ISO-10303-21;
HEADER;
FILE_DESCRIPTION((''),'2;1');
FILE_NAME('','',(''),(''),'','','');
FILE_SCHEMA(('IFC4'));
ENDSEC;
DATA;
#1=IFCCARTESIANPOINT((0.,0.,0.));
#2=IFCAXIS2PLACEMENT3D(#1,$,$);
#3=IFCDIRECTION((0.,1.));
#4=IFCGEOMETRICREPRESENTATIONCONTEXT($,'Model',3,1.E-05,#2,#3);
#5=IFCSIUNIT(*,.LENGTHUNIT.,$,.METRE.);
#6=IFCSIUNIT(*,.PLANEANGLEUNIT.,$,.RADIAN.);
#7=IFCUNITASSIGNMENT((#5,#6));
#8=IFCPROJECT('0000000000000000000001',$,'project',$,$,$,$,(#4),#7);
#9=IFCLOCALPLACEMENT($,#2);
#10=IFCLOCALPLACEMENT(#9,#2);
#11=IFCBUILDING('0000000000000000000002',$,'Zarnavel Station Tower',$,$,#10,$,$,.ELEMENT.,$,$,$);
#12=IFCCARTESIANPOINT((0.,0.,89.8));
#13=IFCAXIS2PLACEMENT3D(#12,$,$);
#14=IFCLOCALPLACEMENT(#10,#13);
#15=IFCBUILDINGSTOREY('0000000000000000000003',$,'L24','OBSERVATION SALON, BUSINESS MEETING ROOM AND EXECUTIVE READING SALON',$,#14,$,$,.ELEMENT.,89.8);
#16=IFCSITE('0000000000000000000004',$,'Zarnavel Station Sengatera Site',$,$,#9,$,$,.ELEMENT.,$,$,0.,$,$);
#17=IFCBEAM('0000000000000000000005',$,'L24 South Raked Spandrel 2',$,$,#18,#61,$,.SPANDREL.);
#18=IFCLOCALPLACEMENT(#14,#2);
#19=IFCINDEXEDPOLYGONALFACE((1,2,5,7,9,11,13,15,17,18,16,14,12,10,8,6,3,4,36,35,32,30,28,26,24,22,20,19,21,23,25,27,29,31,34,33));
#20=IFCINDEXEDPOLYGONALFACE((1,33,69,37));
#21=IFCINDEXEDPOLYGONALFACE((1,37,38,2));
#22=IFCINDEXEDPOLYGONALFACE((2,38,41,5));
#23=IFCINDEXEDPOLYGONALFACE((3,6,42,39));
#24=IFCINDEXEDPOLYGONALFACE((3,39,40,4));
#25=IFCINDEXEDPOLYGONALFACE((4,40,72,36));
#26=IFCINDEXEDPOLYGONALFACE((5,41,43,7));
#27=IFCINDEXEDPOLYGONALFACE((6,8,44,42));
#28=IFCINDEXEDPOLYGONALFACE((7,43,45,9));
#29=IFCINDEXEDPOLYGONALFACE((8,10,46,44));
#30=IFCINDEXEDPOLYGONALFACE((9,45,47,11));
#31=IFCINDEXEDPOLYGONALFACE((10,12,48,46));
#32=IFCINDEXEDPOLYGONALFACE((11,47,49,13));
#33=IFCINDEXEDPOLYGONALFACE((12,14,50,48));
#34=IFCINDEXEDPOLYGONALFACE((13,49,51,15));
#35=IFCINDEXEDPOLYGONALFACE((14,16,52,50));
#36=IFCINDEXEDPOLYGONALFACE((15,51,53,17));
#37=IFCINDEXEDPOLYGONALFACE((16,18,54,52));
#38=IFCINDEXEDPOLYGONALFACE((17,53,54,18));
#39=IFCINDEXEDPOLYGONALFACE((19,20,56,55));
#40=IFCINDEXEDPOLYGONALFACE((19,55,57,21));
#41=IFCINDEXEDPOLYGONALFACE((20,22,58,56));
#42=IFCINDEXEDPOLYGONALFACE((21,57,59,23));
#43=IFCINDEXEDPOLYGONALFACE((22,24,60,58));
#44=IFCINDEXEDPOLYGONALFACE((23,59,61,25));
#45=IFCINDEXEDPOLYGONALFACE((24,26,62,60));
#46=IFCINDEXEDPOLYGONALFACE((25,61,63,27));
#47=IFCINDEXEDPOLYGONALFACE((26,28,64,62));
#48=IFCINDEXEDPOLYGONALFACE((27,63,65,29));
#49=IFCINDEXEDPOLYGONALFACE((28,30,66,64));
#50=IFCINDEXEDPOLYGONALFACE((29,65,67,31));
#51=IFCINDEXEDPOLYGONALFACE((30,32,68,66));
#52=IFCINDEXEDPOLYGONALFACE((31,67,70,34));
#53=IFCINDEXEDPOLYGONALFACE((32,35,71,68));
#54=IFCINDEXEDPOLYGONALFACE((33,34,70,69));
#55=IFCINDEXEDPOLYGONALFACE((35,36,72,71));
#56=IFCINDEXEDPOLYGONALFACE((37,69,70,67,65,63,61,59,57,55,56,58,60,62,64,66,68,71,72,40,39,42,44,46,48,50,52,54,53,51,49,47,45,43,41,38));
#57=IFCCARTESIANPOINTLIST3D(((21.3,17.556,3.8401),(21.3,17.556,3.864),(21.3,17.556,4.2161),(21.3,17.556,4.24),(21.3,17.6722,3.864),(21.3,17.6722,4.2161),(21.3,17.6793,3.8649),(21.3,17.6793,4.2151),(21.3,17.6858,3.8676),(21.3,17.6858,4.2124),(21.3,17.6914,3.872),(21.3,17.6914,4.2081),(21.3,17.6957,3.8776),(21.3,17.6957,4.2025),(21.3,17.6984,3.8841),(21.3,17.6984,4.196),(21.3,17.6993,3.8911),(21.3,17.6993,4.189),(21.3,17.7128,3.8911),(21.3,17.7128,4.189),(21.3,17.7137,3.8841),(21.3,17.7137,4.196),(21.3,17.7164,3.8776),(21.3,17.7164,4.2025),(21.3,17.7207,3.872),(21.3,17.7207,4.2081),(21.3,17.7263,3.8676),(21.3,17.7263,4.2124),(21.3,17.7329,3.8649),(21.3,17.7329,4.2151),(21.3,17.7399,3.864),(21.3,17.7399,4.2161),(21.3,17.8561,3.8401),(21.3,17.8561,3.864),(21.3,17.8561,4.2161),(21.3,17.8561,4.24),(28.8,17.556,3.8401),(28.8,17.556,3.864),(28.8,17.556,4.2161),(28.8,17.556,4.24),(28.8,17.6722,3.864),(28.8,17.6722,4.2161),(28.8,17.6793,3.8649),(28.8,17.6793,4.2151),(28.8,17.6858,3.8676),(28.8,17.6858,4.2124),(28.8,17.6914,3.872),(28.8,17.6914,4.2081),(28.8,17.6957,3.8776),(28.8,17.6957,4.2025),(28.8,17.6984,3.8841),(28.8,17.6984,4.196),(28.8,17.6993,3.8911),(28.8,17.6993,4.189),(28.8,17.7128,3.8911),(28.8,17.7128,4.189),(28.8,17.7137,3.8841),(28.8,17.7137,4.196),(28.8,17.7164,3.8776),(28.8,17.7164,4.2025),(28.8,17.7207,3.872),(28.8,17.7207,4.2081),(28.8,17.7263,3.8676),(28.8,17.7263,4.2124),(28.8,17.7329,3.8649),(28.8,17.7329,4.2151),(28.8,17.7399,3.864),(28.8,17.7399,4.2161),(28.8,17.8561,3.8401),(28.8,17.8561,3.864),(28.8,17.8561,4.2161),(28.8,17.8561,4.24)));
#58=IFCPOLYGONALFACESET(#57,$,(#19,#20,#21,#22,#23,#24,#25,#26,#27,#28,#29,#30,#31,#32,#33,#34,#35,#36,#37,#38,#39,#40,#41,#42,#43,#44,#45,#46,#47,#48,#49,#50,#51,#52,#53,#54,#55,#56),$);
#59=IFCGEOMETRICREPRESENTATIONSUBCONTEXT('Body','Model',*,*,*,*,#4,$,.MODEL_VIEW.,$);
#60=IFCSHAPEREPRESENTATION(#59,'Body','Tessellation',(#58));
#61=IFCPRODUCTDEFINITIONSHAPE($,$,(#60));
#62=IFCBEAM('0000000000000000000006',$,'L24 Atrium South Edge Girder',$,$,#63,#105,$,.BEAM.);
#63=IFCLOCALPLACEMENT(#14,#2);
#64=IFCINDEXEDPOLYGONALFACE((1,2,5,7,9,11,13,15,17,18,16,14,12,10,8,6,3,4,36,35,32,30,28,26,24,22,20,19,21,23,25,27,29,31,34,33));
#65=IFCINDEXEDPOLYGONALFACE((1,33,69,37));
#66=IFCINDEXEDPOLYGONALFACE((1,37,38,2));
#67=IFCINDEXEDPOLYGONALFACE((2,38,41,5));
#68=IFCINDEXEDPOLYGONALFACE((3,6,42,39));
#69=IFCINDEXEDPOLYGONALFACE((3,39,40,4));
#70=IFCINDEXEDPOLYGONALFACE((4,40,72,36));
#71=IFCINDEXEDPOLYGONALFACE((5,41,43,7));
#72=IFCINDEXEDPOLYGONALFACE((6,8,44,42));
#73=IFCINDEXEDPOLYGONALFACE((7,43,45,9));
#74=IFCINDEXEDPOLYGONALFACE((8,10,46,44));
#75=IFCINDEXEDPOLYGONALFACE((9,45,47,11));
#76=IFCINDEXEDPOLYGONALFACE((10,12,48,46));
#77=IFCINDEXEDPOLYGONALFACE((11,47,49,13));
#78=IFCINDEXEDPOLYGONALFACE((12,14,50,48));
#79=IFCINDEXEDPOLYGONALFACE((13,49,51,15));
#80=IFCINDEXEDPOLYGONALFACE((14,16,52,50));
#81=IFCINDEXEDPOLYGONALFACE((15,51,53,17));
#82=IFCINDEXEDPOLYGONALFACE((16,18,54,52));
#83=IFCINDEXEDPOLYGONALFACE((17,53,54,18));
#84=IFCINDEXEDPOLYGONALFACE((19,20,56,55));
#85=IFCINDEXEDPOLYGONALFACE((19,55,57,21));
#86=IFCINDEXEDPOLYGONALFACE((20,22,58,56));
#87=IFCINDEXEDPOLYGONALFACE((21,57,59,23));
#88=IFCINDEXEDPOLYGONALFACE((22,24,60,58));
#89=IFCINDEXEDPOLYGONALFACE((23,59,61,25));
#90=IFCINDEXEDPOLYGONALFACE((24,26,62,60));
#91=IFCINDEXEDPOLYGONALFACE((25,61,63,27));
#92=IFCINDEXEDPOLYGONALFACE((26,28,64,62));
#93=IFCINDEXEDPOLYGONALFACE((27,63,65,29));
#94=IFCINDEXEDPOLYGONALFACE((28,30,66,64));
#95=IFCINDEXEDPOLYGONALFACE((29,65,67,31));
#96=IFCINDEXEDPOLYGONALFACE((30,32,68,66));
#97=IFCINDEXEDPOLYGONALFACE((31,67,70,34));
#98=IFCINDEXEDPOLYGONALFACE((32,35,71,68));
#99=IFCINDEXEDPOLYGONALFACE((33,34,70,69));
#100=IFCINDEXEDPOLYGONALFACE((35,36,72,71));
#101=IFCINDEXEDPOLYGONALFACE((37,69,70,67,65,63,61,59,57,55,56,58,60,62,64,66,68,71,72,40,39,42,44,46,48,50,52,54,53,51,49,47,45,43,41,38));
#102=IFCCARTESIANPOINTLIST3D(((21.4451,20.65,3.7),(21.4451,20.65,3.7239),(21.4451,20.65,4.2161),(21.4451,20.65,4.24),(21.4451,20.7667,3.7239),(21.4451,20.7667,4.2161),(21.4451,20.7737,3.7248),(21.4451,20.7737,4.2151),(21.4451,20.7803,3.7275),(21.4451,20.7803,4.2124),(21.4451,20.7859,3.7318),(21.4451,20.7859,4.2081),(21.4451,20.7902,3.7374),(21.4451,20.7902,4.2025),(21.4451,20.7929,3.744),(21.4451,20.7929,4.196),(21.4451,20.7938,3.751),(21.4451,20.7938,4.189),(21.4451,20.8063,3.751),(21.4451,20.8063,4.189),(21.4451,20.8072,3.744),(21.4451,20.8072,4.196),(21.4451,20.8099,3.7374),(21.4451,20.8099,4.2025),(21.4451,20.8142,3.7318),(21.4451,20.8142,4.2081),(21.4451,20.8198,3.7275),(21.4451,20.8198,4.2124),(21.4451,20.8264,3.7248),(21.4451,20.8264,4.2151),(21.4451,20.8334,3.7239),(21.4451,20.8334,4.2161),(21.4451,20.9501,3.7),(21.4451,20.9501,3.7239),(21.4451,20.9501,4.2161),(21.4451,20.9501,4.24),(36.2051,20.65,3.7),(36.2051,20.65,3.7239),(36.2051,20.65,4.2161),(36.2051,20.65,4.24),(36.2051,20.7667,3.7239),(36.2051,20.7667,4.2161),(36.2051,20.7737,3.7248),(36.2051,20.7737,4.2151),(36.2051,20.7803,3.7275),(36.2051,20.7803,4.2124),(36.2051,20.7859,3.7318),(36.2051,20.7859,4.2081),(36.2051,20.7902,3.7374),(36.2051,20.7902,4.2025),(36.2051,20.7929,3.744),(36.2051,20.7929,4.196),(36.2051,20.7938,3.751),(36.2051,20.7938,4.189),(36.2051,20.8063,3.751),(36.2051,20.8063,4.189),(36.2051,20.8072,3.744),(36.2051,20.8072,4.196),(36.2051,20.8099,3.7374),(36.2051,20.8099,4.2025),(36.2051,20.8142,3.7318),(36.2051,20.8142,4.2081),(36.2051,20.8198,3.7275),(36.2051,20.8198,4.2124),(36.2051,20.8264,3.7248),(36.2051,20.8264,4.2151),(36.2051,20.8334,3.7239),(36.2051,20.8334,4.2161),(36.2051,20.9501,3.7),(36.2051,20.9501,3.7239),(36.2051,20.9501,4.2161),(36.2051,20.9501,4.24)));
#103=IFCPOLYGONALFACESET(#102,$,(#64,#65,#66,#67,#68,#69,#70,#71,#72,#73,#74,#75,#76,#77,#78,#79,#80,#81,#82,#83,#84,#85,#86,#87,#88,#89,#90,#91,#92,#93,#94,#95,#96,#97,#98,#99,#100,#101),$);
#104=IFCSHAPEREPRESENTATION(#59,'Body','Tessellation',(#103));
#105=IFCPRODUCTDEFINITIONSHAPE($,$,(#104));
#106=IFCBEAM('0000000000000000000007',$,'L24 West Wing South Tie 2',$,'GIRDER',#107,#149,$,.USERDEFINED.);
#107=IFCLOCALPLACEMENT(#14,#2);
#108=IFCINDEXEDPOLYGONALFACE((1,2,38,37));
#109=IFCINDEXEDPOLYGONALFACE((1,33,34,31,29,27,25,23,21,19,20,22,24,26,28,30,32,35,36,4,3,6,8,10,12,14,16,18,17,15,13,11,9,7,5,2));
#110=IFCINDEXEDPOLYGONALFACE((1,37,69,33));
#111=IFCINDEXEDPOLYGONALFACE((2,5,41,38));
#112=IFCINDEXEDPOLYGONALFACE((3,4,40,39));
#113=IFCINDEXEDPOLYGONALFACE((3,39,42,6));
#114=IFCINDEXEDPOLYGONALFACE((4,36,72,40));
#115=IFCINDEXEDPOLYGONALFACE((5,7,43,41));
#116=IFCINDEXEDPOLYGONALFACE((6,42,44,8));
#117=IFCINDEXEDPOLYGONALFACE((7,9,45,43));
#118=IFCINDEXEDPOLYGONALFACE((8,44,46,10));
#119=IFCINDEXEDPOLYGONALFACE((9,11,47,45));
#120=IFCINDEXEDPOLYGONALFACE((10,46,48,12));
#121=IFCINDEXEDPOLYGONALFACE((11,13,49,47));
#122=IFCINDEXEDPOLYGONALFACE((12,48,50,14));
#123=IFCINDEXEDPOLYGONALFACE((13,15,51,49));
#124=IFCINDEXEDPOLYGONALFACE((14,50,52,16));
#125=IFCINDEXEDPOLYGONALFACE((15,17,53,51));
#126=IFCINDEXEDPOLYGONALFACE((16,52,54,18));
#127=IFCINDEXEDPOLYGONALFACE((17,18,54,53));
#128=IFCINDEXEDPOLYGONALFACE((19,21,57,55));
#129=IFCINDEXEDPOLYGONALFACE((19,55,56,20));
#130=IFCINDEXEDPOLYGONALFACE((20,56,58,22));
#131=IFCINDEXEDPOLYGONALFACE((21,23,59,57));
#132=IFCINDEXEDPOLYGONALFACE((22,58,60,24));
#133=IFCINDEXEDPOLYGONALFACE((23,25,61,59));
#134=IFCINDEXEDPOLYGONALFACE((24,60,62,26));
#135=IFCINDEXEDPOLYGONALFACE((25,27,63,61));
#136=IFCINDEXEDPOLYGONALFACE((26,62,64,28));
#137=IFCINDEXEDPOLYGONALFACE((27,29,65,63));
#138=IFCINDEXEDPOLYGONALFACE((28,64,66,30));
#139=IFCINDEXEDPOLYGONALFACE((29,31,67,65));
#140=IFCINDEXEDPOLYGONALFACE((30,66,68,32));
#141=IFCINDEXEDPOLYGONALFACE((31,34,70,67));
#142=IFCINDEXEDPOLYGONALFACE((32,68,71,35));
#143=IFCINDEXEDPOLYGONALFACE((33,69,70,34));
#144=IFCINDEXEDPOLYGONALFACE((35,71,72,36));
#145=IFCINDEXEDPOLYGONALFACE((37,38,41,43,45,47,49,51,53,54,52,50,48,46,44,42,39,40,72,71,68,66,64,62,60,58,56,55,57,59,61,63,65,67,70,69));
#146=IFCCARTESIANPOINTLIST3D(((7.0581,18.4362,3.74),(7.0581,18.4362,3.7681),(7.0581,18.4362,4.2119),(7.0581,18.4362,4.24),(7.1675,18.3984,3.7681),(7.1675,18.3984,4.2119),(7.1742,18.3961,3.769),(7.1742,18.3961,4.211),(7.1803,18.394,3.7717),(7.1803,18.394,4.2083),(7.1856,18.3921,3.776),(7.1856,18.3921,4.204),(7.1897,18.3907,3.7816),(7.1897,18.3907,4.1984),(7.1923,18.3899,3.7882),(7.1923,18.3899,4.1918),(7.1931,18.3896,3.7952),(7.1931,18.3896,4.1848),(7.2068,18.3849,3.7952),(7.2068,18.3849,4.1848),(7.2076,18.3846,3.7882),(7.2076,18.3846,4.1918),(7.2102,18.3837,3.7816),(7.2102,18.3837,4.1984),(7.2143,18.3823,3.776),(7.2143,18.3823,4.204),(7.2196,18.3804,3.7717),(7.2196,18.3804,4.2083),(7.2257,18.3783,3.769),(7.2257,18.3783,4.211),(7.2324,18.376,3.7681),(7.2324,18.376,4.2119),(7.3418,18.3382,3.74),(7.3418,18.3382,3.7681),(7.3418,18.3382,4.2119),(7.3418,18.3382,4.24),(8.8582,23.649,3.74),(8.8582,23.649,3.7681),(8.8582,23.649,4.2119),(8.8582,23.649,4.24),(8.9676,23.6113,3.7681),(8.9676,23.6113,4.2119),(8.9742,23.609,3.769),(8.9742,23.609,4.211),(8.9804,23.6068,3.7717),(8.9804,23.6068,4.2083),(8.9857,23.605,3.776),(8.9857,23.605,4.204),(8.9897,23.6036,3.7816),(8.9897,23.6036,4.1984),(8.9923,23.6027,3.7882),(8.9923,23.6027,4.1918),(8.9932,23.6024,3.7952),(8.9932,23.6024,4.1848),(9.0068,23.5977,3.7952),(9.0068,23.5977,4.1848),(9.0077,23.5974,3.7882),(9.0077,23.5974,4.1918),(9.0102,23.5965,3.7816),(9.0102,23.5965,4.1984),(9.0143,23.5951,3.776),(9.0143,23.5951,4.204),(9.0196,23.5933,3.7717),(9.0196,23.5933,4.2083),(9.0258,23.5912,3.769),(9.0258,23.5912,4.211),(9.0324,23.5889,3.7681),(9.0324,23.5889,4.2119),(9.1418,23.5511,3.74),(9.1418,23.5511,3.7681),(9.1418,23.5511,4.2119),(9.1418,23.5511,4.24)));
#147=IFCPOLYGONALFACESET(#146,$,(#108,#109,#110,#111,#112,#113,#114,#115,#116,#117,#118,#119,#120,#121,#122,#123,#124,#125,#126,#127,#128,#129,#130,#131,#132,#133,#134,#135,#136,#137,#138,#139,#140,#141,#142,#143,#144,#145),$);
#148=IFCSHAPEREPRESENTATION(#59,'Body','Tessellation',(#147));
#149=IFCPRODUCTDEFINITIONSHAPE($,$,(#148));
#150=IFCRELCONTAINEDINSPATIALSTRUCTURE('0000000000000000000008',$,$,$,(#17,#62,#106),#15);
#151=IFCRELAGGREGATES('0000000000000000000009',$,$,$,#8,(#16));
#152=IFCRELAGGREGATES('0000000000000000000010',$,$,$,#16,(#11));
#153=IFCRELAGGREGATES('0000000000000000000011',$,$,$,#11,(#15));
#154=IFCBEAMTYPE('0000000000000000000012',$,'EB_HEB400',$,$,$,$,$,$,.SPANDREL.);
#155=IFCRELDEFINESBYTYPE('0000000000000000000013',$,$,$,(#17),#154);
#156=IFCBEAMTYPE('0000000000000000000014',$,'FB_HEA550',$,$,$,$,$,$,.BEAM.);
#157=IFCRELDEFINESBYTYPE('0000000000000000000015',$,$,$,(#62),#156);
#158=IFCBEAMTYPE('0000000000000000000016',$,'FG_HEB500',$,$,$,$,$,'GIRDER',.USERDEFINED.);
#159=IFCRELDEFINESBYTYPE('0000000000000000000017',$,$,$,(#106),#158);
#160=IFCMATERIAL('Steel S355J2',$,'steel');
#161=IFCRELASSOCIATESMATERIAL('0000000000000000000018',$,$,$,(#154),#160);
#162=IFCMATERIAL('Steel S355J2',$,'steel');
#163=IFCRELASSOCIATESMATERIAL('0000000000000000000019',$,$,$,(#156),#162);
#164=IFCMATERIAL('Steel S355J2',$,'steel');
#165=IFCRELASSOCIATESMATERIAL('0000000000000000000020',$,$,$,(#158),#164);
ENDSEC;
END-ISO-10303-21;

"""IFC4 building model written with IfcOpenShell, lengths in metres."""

from ifc_helpers import new_model, si_unit, direction, frame, origin, origin_2d, place, context, subcontext, project, spatial, i_section, extrude, material, material_profile, profile_set, type_object, element, save


model = new_model("IFC4")

# Units and contexts
model_context = context("Model", 3, precision=1e-05, world=origin(), true_north=direction((0.0, 1.0)))
body_context = subcontext(model_context, "Body", "Model", "MODEL_VIEW")
ifc_project = project(units=[si_unit("LENGTHUNIT", "METRE"), si_unit("PLANEANGLEUNIT", "RADIAN")], contexts=[model_context])

# Site, building, storey
site_placement = place(None, origin())
site = spatial("IfcSite", under=ifc_project, at=site_placement, Name="Zarnavel Station Sengatera Site", CompositionType="ELEMENT", RefElevation=0.0)
building_placement = place(site_placement, origin())
building = spatial("IfcBuilding", under=site, at=building_placement, Name="Zarnavel Station Tower", CompositionType="ELEMENT")
storey_placement = place(building_placement, frame((0.0, 0.0, 89.8)))
storey = spatial("IfcBuildingStorey", under=building, at=storey_placement, Name="L24", Description="OBSERVATION SALON, BUSINESS MEETING ROOM AND EXECUTIVE READING SALON", CompositionType="ELEMENT", Elevation=89.8)

# Beams
ifc_material_1 = material(Name="Steel S355J2", Category="steel")
ifc_material_profile_1 = material_profile(ifc_material_1, i_section(OverallWidth=0.3, OverallDepth=0.3999, WebThickness=0.0134, FlangeThickness=0.0239, FilletRadius=0.0271, at=origin_2d()), Name="HEB400")
ifc_profile_set_1 = profile_set([ifc_material_profile_1], Name="Steel S355J2")
beam_type_1 = type_object("IfcBeamType", Name="EB_HEB400", PredefinedType="SPANDREL", material=ifc_profile_set_1)
beam_1_placement = place(storey_placement, frame((21.3, 17.7061, 4.04), z_axis=(1.0, 0.0, 0.0), x_axis=(0.0, 1.0, 0.0)))
element("IfcBeam", 1, at=beam_1_placement, inside=storey, type_object=beam_type_1, Name="L24 South Raked Spandrel 2", PredefinedType="SPANDREL", context=body_context, shape_type="SweptSolid", body=[
    extrude(i_section(OverallWidth=0.3, OverallDepth=0.3999, WebThickness=0.0134, FlangeThickness=0.0239, FilletRadius=0.0271, at=origin_2d()), origin(), (0.0, 0.0, 1.0), 7.5),
])
ifc_material_2 = material(Name="Steel S355J2", Category="steel")
ifc_material_profile_2 = material_profile(ifc_material_2, i_section(OverallWidth=0.3, OverallDepth=0.54, WebThickness=0.0125, FlangeThickness=0.0239, FilletRadius=0.0271, at=origin_2d()), Name="HEA550")
ifc_profile_set_2 = profile_set([ifc_material_profile_2], Name="Steel S355J2")
beam_type_2 = type_object("IfcBeamType", Name="FB_HEA550", PredefinedType="BEAM", material=ifc_profile_set_2)
beam_2_placement = place(storey_placement, frame((21.4451, 20.8, 3.97), z_axis=(1.0, 0.0, 0.0), x_axis=(0.0, 1.0, 0.0)))
element("IfcBeam", 2, at=beam_2_placement, inside=storey, type_object=beam_type_2, Name="L24 Atrium South Edge Girder", PredefinedType="BEAM", context=body_context, shape_type="SweptSolid", body=[
    extrude(i_section(OverallWidth=0.3, OverallDepth=0.54, WebThickness=0.0125, FlangeThickness=0.0239, FilletRadius=0.0271, at=origin_2d()), origin(), (0.0, 0.0, 1.0), 14.76),
])
ifc_material_3 = material(Name="Steel S355J2", Category="steel")
ifc_material_profile_3 = material_profile(ifc_material_3, i_section(OverallWidth=0.3, OverallDepth=0.5, WebThickness=0.0144, FlangeThickness=0.0281, FilletRadius=0.0271, at=origin_2d()), Name="HEB500")
ifc_profile_set_3 = profile_set([ifc_material_profile_3], Name="Steel S355J2")
beam_type_3 = type_object("IfcBeamType", Name="FG_HEB500", ElementType="GIRDER", PredefinedType="USERDEFINED", material=ifc_profile_set_3)
beam_3_placement = place(storey_placement, frame((7.2, 18.3872, 3.99), z_axis=(0.326396, 0.945233, 0.0), x_axis=(-0.945233, 0.326396, 0.0)))
element("IfcBeam", 3, at=beam_3_placement, inside=storey, type_object=beam_type_3, Name="L24 West Wing South Tie 2", ObjectType="GIRDER", PredefinedType="USERDEFINED", context=body_context, shape_type="SweptSolid", body=[
    extrude(i_section(OverallWidth=0.3, OverallDepth=0.5, WebThickness=0.0144, FlangeThickness=0.0281, FilletRadius=0.0271, at=origin_2d()), origin(), (0.0, 0.0, 1.0), 5.5149),
])

save(model, "model.ifc")
